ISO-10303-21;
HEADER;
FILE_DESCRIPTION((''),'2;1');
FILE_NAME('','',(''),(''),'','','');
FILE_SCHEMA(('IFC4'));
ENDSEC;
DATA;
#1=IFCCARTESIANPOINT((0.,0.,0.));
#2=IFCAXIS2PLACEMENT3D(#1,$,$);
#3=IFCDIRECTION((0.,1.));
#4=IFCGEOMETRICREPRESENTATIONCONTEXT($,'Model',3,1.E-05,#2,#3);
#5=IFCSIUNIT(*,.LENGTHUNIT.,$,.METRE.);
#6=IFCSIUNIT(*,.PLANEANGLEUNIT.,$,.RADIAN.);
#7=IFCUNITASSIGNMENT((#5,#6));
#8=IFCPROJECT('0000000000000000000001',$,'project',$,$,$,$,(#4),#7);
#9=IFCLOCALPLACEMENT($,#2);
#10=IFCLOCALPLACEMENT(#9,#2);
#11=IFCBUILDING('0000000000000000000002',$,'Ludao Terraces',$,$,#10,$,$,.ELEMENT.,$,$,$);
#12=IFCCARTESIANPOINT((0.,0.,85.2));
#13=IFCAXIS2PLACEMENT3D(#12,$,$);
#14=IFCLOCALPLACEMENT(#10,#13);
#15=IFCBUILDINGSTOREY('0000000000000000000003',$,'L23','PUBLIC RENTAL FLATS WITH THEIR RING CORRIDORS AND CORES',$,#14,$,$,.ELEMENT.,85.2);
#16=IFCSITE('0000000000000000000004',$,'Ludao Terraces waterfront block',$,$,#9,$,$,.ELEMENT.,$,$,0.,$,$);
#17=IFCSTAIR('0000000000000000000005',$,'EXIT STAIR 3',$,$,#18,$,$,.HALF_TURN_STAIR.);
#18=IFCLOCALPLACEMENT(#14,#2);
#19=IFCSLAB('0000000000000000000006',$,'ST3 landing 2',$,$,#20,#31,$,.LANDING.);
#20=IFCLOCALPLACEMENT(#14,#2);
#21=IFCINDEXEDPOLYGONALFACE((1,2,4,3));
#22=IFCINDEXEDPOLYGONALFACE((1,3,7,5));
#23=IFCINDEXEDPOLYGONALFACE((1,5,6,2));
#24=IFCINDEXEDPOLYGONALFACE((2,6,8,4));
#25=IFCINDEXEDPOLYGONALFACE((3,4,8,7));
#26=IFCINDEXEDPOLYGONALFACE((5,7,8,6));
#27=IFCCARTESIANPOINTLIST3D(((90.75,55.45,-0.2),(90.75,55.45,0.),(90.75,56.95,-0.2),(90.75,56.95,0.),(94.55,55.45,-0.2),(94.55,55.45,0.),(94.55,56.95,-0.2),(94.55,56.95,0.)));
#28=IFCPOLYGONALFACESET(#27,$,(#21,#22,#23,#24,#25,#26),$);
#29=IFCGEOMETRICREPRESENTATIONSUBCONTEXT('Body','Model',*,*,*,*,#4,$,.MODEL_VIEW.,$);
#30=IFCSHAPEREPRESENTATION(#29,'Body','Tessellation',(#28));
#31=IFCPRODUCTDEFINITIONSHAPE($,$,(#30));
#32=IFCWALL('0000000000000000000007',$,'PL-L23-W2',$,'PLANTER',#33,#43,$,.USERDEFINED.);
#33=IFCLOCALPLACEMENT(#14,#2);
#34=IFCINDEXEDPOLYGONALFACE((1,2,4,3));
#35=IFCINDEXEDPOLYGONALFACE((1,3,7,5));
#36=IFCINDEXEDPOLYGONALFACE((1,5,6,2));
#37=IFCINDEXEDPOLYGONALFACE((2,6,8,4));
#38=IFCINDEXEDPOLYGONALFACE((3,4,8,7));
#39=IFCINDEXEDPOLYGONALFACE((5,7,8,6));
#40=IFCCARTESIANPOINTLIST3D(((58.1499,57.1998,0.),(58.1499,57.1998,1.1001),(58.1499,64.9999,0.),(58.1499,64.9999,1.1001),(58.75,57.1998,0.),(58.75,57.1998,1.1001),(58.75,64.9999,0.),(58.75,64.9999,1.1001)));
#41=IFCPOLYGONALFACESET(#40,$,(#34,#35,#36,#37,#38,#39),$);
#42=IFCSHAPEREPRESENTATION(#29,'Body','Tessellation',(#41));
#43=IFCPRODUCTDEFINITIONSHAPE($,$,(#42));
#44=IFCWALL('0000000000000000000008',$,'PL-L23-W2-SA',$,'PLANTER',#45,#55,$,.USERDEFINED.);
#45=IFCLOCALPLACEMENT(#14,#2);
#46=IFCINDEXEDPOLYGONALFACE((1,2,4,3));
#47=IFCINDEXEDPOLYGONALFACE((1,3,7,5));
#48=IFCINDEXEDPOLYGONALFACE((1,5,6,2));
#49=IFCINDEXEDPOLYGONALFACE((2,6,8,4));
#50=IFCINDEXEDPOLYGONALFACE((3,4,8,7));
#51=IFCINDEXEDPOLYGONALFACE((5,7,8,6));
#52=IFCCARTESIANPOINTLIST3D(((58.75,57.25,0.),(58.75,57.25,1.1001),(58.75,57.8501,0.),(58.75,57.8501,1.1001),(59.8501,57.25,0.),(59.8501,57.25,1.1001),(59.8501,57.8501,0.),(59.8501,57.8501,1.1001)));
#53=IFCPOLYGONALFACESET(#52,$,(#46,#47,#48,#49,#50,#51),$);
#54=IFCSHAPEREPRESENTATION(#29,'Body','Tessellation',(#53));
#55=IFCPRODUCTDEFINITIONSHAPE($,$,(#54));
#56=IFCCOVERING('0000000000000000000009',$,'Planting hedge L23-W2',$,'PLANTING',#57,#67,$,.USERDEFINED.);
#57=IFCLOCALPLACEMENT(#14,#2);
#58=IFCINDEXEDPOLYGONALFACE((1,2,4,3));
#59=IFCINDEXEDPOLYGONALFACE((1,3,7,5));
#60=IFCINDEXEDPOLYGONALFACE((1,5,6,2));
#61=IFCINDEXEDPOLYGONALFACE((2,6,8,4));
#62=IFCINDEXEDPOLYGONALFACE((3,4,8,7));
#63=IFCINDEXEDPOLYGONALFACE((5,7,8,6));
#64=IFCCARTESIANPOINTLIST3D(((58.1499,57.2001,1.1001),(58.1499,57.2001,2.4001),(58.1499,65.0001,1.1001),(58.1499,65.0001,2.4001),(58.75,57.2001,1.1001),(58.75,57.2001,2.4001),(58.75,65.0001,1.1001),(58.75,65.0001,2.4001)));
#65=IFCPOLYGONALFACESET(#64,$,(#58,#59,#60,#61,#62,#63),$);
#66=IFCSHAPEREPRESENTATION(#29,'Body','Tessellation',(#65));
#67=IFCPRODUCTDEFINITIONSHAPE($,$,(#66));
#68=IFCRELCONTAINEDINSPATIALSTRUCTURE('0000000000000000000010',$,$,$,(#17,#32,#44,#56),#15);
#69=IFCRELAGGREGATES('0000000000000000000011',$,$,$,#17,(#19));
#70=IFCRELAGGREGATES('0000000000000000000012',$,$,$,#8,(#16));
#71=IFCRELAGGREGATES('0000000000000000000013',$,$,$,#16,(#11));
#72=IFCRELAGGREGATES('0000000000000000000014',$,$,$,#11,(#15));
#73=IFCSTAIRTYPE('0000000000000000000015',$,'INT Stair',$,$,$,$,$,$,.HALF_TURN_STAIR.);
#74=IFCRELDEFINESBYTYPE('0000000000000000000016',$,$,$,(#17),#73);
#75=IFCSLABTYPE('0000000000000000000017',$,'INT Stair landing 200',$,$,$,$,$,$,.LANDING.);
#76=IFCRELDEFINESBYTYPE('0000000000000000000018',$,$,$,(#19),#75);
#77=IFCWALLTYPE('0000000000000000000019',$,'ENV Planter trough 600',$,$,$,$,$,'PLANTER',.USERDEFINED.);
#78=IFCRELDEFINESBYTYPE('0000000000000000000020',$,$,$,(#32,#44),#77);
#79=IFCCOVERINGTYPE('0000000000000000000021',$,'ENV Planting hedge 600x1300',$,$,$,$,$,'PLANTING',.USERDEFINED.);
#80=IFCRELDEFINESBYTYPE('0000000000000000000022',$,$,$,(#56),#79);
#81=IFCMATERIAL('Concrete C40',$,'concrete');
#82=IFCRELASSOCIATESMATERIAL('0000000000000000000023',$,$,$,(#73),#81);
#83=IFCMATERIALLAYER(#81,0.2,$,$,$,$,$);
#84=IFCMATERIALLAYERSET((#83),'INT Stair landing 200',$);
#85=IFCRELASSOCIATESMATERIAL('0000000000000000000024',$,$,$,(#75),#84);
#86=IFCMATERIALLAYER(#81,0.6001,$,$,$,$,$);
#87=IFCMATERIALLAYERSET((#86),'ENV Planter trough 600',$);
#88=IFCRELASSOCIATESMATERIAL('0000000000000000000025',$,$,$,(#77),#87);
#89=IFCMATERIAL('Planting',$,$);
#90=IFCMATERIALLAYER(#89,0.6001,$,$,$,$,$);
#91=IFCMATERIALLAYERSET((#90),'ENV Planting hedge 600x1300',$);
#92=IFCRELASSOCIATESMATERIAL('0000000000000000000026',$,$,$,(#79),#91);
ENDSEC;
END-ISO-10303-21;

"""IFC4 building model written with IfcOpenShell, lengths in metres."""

from ifc_helpers import new_model, si_unit, direction, frame, frame_2d, origin, origin_2d, place, context, subcontext, project, spatial, polyline, rectangle, outline, extrude, material, layer, layer_set, type_object, element, aggregate, save


model = new_model("IFC4")

# Units and contexts
model_context = context("Model", 3, precision=1e-05, world=origin(), true_north=direction((0.0, 1.0)))
body_context = subcontext(model_context, "Body", "Model", "MODEL_VIEW")
ifc_project = project(units=[si_unit("LENGTHUNIT", "METRE"), si_unit("PLANEANGLEUNIT", "RADIAN")], contexts=[model_context])

# Site, building, storey
site_placement = place(None, origin())
site = spatial("IfcSite", under=ifc_project, at=site_placement, Name="Ludao Terraces waterfront block", CompositionType="ELEMENT", RefElevation=0.0)
building_placement = place(site_placement, origin())
building = spatial("IfcBuilding", under=site, at=building_placement, Name="Ludao Terraces", CompositionType="ELEMENT")
storey_placement = place(building_placement, frame((0.0, 0.0, 85.2)))
storey = spatial("IfcBuildingStorey", under=building, at=storey_placement, Name="L23", Description="PUBLIC RENTAL FLATS WITH THEIR RING CORRIDORS AND CORES", CompositionType="ELEMENT", Elevation=85.2)

# Shared definitions
ifc_material_1 = material(Name="Concrete C40", Category="concrete")

# Stair, slab
stair_type = type_object("IfcStairType", Name="INT Stair", PredefinedType="HALF_TURN_STAIR", material=ifc_material_1)
ifc_layer_1 = layer(ifc_material_1, 0.2)
ifc_layer_set_1 = layer_set([ifc_layer_1], Name="INT Stair landing 200")
slab_type_1 = type_object("IfcSlabType", Name="INT Stair landing 200", PredefinedType="LANDING", material=ifc_layer_set_1)
stair_1_placement = place(storey_placement, origin())
stair_1 = element("IfcStair", 1, at=stair_1_placement, inside=storey, type_object=stair_type, Name="EXIT STAIR 3", PredefinedType="HALF_TURN_STAIR")
slab_1_placement = place(storey_placement, frame((0.0, 0.0, -0.2)))
slab_1 = element("IfcSlab", 2, at=slab_1_placement, type_object=slab_type_1, Name="ST3 landing 2", PredefinedType="LANDING", context=body_context, shape_type="SweptSolid", body=[
    extrude(outline(polyline([(90.75, 55.45), (94.55, 55.45), (94.55, 56.95), (90.75, 56.95), (90.75, 55.45)])), origin(), (0.0, 0.0, 1.0), 0.2),
])
aggregate(stair_1, [slab_1])

# Walls
ifc_layer_2 = layer(ifc_material_1, 0.6001)
ifc_layer_set_2 = layer_set([ifc_layer_2], Name="ENV Planter trough 600")
wall_type = type_object("IfcWallType", Name="ENV Planter trough 600", ElementType="PLANTER", PredefinedType="USERDEFINED", material=ifc_layer_set_2)
wall_1_placement = place(storey_placement, frame((58.45, 57.2, 0.0), z_axis=(0.0, 0.0, 1.0), x_axis=(0.0, 1.0, 0.0)))
element("IfcWall", 3, at=wall_1_placement, inside=storey, type_object=wall_type, Name="PL-L23-W2", ObjectType="PLANTER", PredefinedType="USERDEFINED", context=body_context, shape_type="SweptSolid", body=[
    extrude(rectangle(XDim=7.8, YDim=0.6001, at=frame_2d((3.8999, 0.0))), origin(), (0.0, 0.0, 1.0), 1.1001),
])
wall_2_placement = place(storey_placement, frame((58.75, 57.55, 0.0), z_axis=(0.0, 0.0, 1.0), x_axis=(1.0, 0.0, 0.0)))
element("IfcWall", 4, at=wall_2_placement, inside=storey, type_object=wall_type, Name="PL-L23-W2-SA", ObjectType="PLANTER", PredefinedType="USERDEFINED", context=body_context, shape_type="SweptSolid", body=[
    extrude(rectangle(XDim=1.1001, YDim=0.6001, at=frame_2d((0.55, 0.0))), origin(), (0.0, 0.0, 1.0), 1.1001),
])

# Covering
ifc_material_2 = material(Name="Planting")
ifc_layer_3 = layer(ifc_material_2, 0.6001)
ifc_layer_set_3 = layer_set([ifc_layer_3], Name="ENV Planting hedge 600x1300")
covering_type = type_object("IfcCoveringType", Name="ENV Planting hedge 600x1300", ElementType="PLANTING", PredefinedType="USERDEFINED", material=ifc_layer_set_3)
covering_placement = place(storey_placement, frame((58.45, 61.1001, 1.1001), z_axis=(0.0, 0.0, 1.0), x_axis=(1.0, 0.0, 0.0)))
element("IfcCovering", 5, at=covering_placement, inside=storey, type_object=covering_type, Name="Planting hedge L23-W2", ObjectType="PLANTING", PredefinedType="USERDEFINED", context=body_context, shape_type="SweptSolid", body=[
    extrude(rectangle(XDim=0.6001, YDim=7.8, at=origin_2d()), origin(), (0.0, 0.0, 1.0), 1.3),
])

save(model, "model.ifc")
